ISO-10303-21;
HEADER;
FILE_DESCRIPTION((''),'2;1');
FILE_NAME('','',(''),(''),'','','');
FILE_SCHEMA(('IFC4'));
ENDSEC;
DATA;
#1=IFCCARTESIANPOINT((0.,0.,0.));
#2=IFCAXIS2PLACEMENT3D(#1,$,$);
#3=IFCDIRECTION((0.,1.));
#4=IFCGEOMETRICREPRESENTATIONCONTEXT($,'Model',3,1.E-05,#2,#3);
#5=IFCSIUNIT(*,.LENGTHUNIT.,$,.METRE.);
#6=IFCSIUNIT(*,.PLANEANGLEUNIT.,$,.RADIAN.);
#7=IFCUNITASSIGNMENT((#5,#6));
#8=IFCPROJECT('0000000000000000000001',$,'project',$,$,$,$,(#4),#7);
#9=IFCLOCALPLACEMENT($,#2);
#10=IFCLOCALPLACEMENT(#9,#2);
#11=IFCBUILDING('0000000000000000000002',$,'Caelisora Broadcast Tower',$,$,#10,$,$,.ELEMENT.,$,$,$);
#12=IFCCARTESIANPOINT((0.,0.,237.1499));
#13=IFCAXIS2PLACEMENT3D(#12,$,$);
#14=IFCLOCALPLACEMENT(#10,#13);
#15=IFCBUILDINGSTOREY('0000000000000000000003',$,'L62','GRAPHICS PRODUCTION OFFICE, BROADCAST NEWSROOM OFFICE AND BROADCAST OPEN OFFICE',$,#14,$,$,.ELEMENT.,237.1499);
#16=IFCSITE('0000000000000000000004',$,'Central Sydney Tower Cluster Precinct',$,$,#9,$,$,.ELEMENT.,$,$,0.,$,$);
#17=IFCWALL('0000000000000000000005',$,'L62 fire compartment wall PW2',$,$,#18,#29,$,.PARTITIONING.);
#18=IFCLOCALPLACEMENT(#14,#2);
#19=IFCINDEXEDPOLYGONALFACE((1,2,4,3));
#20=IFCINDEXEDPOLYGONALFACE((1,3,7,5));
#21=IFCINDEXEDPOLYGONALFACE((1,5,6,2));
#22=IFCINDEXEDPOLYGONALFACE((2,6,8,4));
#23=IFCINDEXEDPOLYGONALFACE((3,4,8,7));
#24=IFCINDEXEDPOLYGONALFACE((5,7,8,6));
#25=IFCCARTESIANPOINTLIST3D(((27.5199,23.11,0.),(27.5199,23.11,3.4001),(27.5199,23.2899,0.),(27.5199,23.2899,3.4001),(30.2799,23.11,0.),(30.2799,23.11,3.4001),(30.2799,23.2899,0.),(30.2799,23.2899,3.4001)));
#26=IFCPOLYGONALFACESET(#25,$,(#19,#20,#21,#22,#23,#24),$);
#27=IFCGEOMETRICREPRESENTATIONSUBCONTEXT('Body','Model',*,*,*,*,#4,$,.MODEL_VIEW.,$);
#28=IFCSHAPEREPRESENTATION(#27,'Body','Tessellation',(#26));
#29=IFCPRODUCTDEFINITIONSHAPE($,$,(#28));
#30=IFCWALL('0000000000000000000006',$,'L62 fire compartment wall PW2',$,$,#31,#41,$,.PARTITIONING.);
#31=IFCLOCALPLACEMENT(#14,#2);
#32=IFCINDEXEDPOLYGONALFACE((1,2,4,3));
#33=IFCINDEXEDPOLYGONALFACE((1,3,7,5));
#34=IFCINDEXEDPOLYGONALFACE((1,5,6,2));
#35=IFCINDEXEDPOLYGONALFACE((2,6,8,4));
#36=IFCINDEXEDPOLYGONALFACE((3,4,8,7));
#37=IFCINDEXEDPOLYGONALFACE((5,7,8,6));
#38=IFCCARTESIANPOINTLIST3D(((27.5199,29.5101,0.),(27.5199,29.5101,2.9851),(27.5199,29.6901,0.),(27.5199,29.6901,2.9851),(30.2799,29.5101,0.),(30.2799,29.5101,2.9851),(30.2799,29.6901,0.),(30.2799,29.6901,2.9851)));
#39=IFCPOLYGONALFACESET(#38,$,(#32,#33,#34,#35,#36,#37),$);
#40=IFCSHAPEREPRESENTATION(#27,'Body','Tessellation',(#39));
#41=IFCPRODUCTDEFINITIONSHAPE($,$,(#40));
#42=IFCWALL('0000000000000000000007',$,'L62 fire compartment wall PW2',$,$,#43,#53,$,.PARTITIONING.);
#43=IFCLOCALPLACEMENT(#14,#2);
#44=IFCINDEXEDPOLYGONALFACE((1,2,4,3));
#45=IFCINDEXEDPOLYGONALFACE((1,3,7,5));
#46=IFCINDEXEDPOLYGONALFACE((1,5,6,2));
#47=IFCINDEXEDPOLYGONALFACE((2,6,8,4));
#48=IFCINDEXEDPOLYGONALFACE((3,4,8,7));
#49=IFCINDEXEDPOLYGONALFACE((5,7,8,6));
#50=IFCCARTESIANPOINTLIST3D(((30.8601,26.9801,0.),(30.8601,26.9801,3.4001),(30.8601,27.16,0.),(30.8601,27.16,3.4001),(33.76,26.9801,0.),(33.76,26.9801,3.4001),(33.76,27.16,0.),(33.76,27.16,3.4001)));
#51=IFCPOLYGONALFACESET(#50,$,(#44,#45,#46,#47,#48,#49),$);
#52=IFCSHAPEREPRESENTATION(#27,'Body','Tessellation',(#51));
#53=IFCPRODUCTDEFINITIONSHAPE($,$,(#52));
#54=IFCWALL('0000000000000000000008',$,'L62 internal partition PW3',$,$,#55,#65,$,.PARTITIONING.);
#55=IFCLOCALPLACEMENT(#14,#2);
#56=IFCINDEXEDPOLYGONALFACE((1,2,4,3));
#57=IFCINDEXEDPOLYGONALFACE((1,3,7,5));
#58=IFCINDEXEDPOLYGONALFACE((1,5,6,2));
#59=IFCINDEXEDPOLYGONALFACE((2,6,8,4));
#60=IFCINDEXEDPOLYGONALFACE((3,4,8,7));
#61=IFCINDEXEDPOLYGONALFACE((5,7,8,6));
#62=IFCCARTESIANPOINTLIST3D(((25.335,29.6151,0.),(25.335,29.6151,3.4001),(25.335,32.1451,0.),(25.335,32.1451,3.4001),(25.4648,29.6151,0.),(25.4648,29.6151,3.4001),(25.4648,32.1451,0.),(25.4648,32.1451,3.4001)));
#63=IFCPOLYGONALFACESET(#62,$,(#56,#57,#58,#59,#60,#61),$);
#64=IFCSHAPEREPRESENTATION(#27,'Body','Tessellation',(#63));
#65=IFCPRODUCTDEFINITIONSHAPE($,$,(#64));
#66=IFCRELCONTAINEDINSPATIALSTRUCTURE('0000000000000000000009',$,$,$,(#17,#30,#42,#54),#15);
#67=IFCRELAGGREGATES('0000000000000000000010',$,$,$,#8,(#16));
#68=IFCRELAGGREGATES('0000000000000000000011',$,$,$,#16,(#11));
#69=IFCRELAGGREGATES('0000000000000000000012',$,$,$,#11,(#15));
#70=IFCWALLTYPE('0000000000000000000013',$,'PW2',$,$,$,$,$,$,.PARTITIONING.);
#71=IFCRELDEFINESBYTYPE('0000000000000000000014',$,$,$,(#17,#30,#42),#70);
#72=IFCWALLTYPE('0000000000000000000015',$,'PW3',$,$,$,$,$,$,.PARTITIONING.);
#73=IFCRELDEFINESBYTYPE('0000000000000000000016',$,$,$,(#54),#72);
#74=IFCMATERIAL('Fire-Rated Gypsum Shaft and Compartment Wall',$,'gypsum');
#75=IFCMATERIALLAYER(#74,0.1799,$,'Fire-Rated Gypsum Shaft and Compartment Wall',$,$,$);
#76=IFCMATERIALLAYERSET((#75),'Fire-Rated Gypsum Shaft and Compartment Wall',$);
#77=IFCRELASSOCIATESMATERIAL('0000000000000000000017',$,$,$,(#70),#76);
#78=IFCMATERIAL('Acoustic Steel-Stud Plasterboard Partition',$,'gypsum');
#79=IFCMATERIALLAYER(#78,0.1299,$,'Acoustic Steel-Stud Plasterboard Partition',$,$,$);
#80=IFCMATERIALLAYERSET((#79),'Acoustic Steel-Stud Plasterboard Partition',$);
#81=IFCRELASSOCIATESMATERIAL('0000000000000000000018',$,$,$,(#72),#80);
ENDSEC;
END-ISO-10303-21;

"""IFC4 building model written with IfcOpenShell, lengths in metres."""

from ifc_helpers import new_model, si_unit, direction, frame, frame_2d, origin, place, context, subcontext, project, spatial, rectangle, extrude, material, layer, layer_set, type_object, element, save


model = new_model("IFC4")

# Units and contexts
model_context = context("Model", 3, precision=1e-05, world=origin(), true_north=direction((0.0, 1.0)))
body_context = subcontext(model_context, "Body", "Model", "MODEL_VIEW")
ifc_project = project(units=[si_unit("LENGTHUNIT", "METRE"), si_unit("PLANEANGLEUNIT", "RADIAN")], contexts=[model_context])

# Site, building, storey
site_placement = place(None, origin())
site = spatial("IfcSite", under=ifc_project, at=site_placement, Name="Central Sydney Tower Cluster Precinct", CompositionType="ELEMENT", RefElevation=0.0)
building_placement = place(site_placement, origin())
building = spatial("IfcBuilding", under=site, at=building_placement, Name="Caelisora Broadcast Tower", CompositionType="ELEMENT")
storey_placement = place(building_placement, frame((0.0, 0.0, 237.1499)))
storey = spatial("IfcBuildingStorey", under=building, at=storey_placement, Name="L62", Description="GRAPHICS PRODUCTION OFFICE, BROADCAST NEWSROOM OFFICE AND BROADCAST OPEN OFFICE", CompositionType="ELEMENT", Elevation=237.1499)

# Shared definitions
ifc_material_1 = material(Name="Fire-Rated Gypsum Shaft and Compartment Wall", Category="gypsum")
ifc_layer_1 = layer(ifc_material_1, 0.1799, Name="Fire-Rated Gypsum Shaft and Compartment Wall")
ifc_layer_set_1 = layer_set([ifc_layer_1], Name="Fire-Rated Gypsum Shaft and Compartment Wall")
wall_type_1 = type_object("IfcWallType", Name="PW2", PredefinedType="PARTITIONING", material=ifc_layer_set_1)

# Walls
wall_1_placement = place(storey_placement, frame((27.52, 23.2, 0.0), z_axis=(0.0, 0.0, 1.0), x_axis=(1.0, 0.0, 0.0)))
element("IfcWall", 1, at=wall_1_placement, inside=storey, type_object=wall_type_1, Name="L62 fire compartment wall PW2", PredefinedType="PARTITIONING", context=body_context, shape_type="SweptSolid", body=[
    extrude(rectangle(XDim=2.76, YDim=0.1799, at=frame_2d((1.3799, 0.0))), origin(), (0.0, 0.0, 1.0), 3.4001),
])
wall_2_placement = place(storey_placement, frame((27.52, 29.6001, 0.0), z_axis=(0.0, 0.0, 1.0), x_axis=(1.0, 0.0, 0.0)))
element("IfcWall", 2, at=wall_2_placement, inside=storey, type_object=wall_type_1, Name="L62 fire compartment wall PW2", PredefinedType="PARTITIONING", context=body_context, shape_type="SweptSolid", body=[
    extrude(rectangle(XDim=2.76, YDim=0.1799, at=frame_2d((1.3799, 0.0))), origin(), (0.0, 0.0, 1.0), 2.9851),
])
wall_3_placement = place(storey_placement, frame((30.8601, 27.0701, 0.0), z_axis=(0.0, 0.0, 1.0), x_axis=(1.0, 0.0, 0.0)))
element("IfcWall", 3, at=wall_3_placement, inside=storey, type_object=wall_type_1, Name="L62 fire compartment wall PW2", PredefinedType="PARTITIONING", context=body_context, shape_type="SweptSolid", body=[
    extrude(rectangle(XDim=2.8999, YDim=0.1799, at=frame_2d((1.45, 0.0))), origin(), (0.0, 0.0, 1.0), 3.4001),
])
ifc_material_2 = material(Name="Acoustic Steel-Stud Plasterboard Partition", Category="gypsum")
ifc_layer_2 = layer(ifc_material_2, 0.1299, Name="Acoustic Steel-Stud Plasterboard Partition")
ifc_layer_set_2 = layer_set([ifc_layer_2], Name="Acoustic Steel-Stud Plasterboard Partition")
wall_type_2 = type_object("IfcWallType", Name="PW3", PredefinedType="PARTITIONING", material=ifc_layer_set_2)
wall_4_placement = place(storey_placement, frame((25.3999, 29.615, 0.0), z_axis=(0.0, 0.0, 1.0), x_axis=(0.0, 1.0, 0.0)))
element("IfcWall", 4, at=wall_4_placement, inside=storey, type_object=wall_type_2, Name="L62 internal partition PW3", PredefinedType="PARTITIONING", context=body_context, shape_type="SweptSolid", body=[
    extrude(rectangle(XDim=2.53, YDim=0.1299, at=frame_2d((1.2651, 0.0))), origin(), (0.0, 0.0, 1.0), 3.4001),
])

save(model, "model.ifc")
